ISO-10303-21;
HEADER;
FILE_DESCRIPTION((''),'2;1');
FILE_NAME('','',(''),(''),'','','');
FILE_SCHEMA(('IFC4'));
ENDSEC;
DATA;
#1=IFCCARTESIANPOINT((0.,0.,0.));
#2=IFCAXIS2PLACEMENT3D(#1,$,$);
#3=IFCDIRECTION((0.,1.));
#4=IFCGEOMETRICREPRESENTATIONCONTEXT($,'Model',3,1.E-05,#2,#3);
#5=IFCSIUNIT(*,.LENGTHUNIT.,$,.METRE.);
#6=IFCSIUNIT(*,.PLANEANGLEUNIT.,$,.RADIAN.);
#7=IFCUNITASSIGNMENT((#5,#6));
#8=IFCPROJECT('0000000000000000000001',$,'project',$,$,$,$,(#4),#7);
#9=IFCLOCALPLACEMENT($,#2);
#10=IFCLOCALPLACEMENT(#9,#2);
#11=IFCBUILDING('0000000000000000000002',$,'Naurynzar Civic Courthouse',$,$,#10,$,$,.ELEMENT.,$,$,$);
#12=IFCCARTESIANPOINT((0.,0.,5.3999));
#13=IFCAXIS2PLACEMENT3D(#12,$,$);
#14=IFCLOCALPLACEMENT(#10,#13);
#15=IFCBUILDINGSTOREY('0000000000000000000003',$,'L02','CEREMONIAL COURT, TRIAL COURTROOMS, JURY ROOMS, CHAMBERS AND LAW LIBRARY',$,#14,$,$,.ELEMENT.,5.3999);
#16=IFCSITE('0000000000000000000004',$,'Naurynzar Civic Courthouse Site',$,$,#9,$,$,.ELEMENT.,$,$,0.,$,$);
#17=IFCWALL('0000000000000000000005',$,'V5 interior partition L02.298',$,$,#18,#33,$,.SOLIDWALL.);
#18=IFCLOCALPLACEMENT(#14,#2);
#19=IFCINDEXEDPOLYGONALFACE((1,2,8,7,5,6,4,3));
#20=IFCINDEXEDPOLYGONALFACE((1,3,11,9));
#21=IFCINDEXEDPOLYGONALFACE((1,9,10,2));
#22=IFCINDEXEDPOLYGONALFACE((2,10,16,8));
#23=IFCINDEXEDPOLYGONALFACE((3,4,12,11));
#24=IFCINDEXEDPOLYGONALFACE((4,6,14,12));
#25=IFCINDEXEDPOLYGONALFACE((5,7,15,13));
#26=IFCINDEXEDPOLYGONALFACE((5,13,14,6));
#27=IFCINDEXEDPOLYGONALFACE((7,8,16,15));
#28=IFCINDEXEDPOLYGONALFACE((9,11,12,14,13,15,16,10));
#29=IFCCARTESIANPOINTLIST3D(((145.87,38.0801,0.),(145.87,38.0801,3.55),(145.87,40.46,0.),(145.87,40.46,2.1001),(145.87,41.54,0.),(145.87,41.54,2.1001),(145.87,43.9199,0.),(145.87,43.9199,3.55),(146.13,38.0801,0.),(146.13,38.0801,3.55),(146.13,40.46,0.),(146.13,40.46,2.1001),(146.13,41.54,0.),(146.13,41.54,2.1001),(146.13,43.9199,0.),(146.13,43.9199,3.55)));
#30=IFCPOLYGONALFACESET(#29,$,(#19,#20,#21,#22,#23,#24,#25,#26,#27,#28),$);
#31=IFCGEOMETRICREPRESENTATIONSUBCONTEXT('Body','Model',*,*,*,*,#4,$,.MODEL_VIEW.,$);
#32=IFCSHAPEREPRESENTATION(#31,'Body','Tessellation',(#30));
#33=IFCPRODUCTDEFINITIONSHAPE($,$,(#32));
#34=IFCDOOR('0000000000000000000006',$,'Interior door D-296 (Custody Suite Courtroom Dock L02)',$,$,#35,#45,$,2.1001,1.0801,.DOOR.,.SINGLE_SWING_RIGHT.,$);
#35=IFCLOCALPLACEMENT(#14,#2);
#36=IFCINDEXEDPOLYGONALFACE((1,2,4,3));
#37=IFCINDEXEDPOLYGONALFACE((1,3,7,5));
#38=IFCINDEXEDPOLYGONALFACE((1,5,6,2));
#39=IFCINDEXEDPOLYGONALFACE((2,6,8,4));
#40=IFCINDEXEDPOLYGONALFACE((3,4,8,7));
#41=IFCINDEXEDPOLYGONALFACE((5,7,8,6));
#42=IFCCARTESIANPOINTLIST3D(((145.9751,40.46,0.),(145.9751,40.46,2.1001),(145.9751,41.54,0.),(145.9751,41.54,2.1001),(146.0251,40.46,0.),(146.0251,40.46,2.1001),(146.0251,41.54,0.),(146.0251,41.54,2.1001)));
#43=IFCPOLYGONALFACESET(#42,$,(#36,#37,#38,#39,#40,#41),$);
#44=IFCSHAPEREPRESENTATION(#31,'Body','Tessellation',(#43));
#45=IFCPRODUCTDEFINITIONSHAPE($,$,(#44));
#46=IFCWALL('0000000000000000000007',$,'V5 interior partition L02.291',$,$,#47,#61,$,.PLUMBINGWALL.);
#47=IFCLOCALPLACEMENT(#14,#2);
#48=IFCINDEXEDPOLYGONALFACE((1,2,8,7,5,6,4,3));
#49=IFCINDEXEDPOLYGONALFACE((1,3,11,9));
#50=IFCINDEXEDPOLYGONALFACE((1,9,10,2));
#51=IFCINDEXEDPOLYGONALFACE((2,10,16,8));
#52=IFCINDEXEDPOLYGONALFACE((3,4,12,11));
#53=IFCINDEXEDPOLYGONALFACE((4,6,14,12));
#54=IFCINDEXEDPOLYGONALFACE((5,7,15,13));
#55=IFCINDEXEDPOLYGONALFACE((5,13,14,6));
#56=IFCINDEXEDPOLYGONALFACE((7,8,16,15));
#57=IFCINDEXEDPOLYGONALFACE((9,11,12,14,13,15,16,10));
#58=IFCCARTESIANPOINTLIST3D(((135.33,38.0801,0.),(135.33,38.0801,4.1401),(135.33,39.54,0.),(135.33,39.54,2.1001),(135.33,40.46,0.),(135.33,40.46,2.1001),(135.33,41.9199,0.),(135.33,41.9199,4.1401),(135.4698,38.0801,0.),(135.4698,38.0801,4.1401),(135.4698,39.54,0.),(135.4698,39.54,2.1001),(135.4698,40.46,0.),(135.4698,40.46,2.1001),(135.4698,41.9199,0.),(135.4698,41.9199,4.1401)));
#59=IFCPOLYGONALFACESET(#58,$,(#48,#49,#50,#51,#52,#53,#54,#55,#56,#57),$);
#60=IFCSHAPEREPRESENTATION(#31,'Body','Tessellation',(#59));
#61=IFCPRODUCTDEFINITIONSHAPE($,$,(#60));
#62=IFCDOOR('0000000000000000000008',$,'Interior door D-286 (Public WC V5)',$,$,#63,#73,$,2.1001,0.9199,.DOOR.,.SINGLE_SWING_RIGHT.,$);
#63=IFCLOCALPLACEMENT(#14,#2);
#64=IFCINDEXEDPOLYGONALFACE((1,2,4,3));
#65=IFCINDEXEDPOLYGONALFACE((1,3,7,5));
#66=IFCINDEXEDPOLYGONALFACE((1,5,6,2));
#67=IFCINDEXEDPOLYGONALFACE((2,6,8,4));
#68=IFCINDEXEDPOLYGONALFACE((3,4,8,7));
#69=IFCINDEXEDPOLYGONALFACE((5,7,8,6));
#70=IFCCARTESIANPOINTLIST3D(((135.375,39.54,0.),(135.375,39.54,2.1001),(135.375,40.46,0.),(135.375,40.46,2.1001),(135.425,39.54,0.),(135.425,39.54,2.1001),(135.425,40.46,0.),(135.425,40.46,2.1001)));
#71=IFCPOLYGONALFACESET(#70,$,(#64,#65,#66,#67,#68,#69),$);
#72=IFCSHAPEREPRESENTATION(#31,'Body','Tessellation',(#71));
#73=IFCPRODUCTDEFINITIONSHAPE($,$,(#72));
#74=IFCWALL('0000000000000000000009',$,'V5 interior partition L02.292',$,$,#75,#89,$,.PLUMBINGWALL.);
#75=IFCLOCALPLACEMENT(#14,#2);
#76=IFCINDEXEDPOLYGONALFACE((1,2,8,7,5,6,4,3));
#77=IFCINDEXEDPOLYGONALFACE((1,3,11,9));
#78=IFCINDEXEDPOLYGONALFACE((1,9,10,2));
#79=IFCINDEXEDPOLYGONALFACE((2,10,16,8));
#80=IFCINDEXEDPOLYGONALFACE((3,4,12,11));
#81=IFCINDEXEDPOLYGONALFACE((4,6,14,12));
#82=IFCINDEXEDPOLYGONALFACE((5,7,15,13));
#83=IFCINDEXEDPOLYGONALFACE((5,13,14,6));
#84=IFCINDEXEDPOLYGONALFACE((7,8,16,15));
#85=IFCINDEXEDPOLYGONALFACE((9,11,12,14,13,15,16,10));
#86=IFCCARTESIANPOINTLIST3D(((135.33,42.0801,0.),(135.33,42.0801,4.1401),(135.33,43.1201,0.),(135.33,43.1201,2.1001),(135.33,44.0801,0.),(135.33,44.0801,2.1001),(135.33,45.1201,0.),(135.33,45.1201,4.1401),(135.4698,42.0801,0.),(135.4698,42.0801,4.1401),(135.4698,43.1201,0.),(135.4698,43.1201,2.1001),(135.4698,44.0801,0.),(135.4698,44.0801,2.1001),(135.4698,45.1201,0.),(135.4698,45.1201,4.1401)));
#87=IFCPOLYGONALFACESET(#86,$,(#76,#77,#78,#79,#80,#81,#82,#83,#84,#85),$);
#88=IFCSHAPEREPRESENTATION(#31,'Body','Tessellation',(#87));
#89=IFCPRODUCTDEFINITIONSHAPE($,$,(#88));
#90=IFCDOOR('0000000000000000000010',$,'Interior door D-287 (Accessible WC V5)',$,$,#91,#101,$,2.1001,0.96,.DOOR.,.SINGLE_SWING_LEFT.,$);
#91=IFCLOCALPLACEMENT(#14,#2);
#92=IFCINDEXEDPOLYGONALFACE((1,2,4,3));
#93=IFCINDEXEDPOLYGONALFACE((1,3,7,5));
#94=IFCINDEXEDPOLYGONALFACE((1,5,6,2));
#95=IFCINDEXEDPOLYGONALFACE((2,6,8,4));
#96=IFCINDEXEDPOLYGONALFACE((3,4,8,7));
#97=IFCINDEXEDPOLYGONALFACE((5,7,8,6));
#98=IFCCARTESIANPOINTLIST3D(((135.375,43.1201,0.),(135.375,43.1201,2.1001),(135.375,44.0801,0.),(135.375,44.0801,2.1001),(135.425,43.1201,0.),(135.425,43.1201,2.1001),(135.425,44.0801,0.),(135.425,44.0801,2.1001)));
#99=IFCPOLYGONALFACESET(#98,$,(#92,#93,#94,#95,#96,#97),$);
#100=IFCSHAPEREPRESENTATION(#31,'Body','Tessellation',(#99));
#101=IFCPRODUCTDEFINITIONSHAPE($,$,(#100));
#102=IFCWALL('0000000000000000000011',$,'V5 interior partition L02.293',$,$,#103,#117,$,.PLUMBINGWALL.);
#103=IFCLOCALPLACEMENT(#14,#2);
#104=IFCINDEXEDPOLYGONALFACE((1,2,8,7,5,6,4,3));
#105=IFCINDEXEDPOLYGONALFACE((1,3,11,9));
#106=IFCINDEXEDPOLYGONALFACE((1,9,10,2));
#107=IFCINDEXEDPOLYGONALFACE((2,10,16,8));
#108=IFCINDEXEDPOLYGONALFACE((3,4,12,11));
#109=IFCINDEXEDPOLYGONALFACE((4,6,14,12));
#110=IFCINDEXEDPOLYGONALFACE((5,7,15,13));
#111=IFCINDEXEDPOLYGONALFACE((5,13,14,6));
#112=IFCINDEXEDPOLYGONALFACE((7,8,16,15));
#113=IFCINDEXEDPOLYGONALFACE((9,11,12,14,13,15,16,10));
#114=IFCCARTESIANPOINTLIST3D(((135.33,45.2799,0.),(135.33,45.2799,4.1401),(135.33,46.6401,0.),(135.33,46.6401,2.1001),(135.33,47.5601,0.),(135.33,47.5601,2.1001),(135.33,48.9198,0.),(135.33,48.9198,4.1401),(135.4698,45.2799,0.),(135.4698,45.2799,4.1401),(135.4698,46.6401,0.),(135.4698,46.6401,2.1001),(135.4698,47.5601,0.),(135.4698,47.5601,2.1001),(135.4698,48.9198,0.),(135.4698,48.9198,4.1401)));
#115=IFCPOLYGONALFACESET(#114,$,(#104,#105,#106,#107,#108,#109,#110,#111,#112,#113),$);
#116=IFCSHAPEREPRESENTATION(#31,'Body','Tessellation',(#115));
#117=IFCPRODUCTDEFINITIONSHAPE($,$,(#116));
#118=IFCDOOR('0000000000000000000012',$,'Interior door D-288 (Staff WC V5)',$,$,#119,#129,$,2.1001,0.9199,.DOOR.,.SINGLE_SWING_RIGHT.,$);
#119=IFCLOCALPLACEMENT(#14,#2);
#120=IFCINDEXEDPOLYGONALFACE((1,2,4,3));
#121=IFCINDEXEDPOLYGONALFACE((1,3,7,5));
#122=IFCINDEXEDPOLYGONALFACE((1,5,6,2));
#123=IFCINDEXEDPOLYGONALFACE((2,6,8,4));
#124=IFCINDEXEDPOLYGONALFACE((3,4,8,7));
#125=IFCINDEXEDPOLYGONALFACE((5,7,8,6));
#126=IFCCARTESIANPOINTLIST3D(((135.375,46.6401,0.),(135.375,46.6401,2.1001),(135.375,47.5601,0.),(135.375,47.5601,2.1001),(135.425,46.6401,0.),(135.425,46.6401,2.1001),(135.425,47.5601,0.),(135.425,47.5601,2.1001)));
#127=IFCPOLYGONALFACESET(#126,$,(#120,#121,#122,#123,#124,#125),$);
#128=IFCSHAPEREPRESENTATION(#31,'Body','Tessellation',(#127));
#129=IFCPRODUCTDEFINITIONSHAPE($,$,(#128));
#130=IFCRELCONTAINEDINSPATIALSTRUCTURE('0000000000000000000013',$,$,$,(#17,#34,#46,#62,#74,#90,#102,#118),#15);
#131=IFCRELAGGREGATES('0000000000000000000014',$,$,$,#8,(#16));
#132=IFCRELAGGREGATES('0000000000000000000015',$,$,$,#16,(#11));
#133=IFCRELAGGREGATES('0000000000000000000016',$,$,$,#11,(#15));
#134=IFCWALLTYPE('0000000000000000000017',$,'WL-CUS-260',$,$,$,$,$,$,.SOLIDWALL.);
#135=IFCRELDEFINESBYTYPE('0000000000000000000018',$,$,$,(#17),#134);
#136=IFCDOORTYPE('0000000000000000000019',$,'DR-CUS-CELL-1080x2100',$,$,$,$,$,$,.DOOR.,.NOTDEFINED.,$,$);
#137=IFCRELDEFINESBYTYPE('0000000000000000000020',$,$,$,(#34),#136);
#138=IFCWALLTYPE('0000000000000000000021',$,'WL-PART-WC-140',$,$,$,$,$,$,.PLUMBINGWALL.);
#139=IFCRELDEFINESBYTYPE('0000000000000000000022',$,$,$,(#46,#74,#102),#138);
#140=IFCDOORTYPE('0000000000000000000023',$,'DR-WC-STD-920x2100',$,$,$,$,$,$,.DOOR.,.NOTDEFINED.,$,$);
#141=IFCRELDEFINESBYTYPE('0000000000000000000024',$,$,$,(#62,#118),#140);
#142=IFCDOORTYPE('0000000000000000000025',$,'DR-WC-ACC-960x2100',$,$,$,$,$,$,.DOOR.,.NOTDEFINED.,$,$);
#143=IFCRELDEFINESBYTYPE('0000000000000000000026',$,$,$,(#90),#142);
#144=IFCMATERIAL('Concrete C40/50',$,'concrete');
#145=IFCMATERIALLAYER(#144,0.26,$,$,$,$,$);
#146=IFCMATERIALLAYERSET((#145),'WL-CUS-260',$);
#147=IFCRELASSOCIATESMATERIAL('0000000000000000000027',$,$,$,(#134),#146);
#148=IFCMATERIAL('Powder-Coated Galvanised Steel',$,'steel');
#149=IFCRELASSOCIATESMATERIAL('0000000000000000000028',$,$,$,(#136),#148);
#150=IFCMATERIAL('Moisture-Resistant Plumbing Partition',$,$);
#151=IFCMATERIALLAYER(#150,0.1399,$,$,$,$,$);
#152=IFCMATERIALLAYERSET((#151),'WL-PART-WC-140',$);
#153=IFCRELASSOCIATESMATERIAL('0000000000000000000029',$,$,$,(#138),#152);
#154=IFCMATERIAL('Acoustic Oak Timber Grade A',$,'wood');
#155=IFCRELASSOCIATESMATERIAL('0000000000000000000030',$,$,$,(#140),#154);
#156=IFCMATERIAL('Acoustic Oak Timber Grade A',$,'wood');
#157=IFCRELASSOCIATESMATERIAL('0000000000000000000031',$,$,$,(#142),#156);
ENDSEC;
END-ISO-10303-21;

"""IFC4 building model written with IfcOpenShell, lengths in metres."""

from ifc_helpers import new_model, si_unit, direction, frame, frame_2d, origin, place, context, subcontext, project, spatial, rectangle, extrude, material, layer, layer_set, type_object, element, fill, save


model = new_model("IFC4")

# Units and contexts
model_context = context("Model", 3, precision=1e-05, world=origin(), true_north=direction((0.0, 1.0)))
body_context = subcontext(model_context, "Body", "Model", "MODEL_VIEW")
ifc_project = project(units=[si_unit("LENGTHUNIT", "METRE"), si_unit("PLANEANGLEUNIT", "RADIAN")], contexts=[model_context])

# Site, building, storey
site_placement = place(None, origin())
site = spatial("IfcSite", under=ifc_project, at=site_placement, Name="Naurynzar Civic Courthouse Site", CompositionType="ELEMENT", RefElevation=0.0)
building_placement = place(site_placement, origin())
building = spatial("IfcBuilding", under=site, at=building_placement, Name="Naurynzar Civic Courthouse", CompositionType="ELEMENT")
storey_placement = place(building_placement, frame((0.0, 0.0, 5.3999)))
storey = spatial("IfcBuildingStorey", under=building, at=storey_placement, Name="L02", Description="CEREMONIAL COURT, TRIAL COURTROOMS, JURY ROOMS, CHAMBERS AND LAW LIBRARY", CompositionType="ELEMENT", Elevation=5.3999)

# Shared definitions
ifc_material_1 = material(Name="Concrete C40/50", Category="concrete")
ifc_layer_1 = layer(ifc_material_1, 0.26)
ifc_layer_set_1 = layer_set([ifc_layer_1], Name="WL-CUS-260")
wall_type_1 = type_object("IfcWallType", Name="WL-CUS-260", PredefinedType="SOLIDWALL", material=ifc_layer_set_1)

# Walls, openings, doors
wall_1_placement = place(storey_placement, frame((146.0, 38.0801, 0.0), z_axis=(0.0, 0.0, 1.0), x_axis=(0.0, 1.0, 0.0)))
wall_1 = element("IfcWall", 1, at=wall_1_placement, inside=storey, type_object=wall_type_1, Name="V5 interior partition L02.298", PredefinedType="SOLIDWALL", context=body_context, shape_type="SweptSolid", body=[
    extrude(rectangle(XDim=5.8398, YDim=0.26, at=frame_2d((2.9199, 0.0))), origin(), (0.0, 0.0, 1.0), 3.55),
])
opening_1_placement = place(wall_1_placement, frame((2.3799, 0.0, 0.0)))
opening_1 = element("IfcOpeningElement", 2, at=opening_1_placement, cuts=wall_1, PredefinedType="OPENING", context=body_context, shape_type="SweptSolid", body=[
    extrude(rectangle(XDim=1.0801, YDim=2.1001, at=frame_2d((0.54, 1.05))), frame((0.0, 0.1399, 0.0), z_axis=(0.0, -1.0, 0.0), x_axis=(1.0, 0.0, 0.0)), (0.0, 0.0, 1.0), 0.28),
])
ifc_material_2 = material(Name="Powder-Coated Galvanised Steel", Category="steel")
door_type_1 = type_object("IfcDoorType", Name="DR-CUS-CELL-1080x2100", OperationType="NOTDEFINED", PredefinedType="DOOR", material=ifc_material_2)
door_1_placement = place(opening_1_placement, origin())
door_1 = element("IfcDoor", 3, at=door_1_placement, inside=storey, type_object=door_type_1, Name="Interior door D-296 (Custody Suite Courtroom Dock L02)", OperationType="SINGLE_SWING_RIGHT", OverallHeight=2.1001, OverallWidth=1.0801, PredefinedType="DOOR", context=body_context, shape_type="SweptSolid", body=[
    extrude(rectangle(XDim=1.0801, YDim=2.1001, at=frame_2d((0.54, 1.05))), frame((0.0, 0.0249, 0.0), z_axis=(0.0, -1.0, 0.0), x_axis=(1.0, 0.0, 0.0)), (0.0, 0.0, 1.0), 0.05),
])
fill(opening_1, door_1)
ifc_material_3 = material(Name="Moisture-Resistant Plumbing Partition")
ifc_layer_2 = layer(ifc_material_3, 0.1399)
ifc_layer_set_2 = layer_set([ifc_layer_2], Name="WL-PART-WC-140")
wall_type_2 = type_object("IfcWallType", Name="WL-PART-WC-140", PredefinedType="PLUMBINGWALL", material=ifc_layer_set_2)
wall_2_placement = place(storey_placement, frame((135.3999, 38.0801, 0.0), z_axis=(0.0, 0.0, 1.0), x_axis=(0.0, 1.0, 0.0)))
wall_2 = element("IfcWall", 4, at=wall_2_placement, inside=storey, type_object=wall_type_2, Name="V5 interior partition L02.291", PredefinedType="PLUMBINGWALL", context=body_context, shape_type="SweptSolid", body=[
    extrude(rectangle(XDim=3.8398, YDim=0.1399, at=frame_2d((1.9199, 0.0))), origin(), (0.0, 0.0, 1.0), 4.1401),
])
opening_2_placement = place(wall_2_placement, frame((1.46, 0.0, 0.0)))
opening_2 = element("IfcOpeningElement", 5, at=opening_2_placement, cuts=wall_2, PredefinedType="OPENING", context=body_context, shape_type="SweptSolid", body=[
    extrude(rectangle(XDim=0.9199, YDim=2.1001, at=frame_2d((0.46, 1.05))), frame((0.0, 0.0798, 0.0), z_axis=(0.0, -1.0, 0.0), x_axis=(1.0, 0.0, 0.0)), (0.0, 0.0, 1.0), 0.1599),
])
ifc_material_4 = material(Name="Acoustic Oak Timber Grade A", Category="wood")
door_type_2 = type_object("IfcDoorType", Name="DR-WC-STD-920x2100", OperationType="NOTDEFINED", PredefinedType="DOOR", material=ifc_material_4)
door_2_placement = place(opening_2_placement, origin())
door_2 = element("IfcDoor", 6, at=door_2_placement, inside=storey, type_object=door_type_2, Name="Interior door D-286 (Public WC V5)", OperationType="SINGLE_SWING_RIGHT", OverallHeight=2.1001, OverallWidth=0.9199, PredefinedType="DOOR", context=body_context, shape_type="SweptSolid", body=[
    extrude(rectangle(XDim=0.9199, YDim=2.1001, at=frame_2d((0.46, 1.05))), frame((0.0, 0.0249, 0.0), z_axis=(0.0, -1.0, 0.0), x_axis=(1.0, 0.0, 0.0)), (0.0, 0.0, 1.0), 0.05),
])
fill(opening_2, door_2)
wall_3_placement = place(storey_placement, frame((135.3999, 42.0801, 0.0), z_axis=(0.0, 0.0, 1.0), x_axis=(0.0, 1.0, 0.0)))
wall_3 = element("IfcWall", 7, at=wall_3_placement, inside=storey, type_object=wall_type_2, Name="V5 interior partition L02.292", PredefinedType="PLUMBINGWALL", context=body_context, shape_type="SweptSolid", body=[
    extrude(rectangle(XDim=3.04, YDim=0.1399, at=frame_2d((1.52, 0.0))), origin(), (0.0, 0.0, 1.0), 4.1401),
])
opening_3_placement = place(wall_3_placement, frame((1.04, 0.0, 0.0)))
opening_3 = element("IfcOpeningElement", 8, at=opening_3_placement, cuts=wall_3, PredefinedType="OPENING", context=body_context, shape_type="SweptSolid", body=[
    extrude(rectangle(XDim=0.96, YDim=2.1001, at=frame_2d((0.48, 1.05))), frame((0.0, 0.0798, 0.0), z_axis=(0.0, -1.0, 0.0), x_axis=(1.0, 0.0, 0.0)), (0.0, 0.0, 1.0), 0.1599),
])
ifc_material_5 = material(Name="Acoustic Oak Timber Grade A", Category="wood")
door_type_3 = type_object("IfcDoorType", Name="DR-WC-ACC-960x2100", OperationType="NOTDEFINED", PredefinedType="DOOR", material=ifc_material_5)
door_3_placement = place(opening_3_placement, origin())
door_3 = element("IfcDoor", 9, at=door_3_placement, inside=storey, type_object=door_type_3, Name="Interior door D-287 (Accessible WC V5)", OperationType="SINGLE_SWING_LEFT", OverallHeight=2.1001, OverallWidth=0.96, PredefinedType="DOOR", context=body_context, shape_type="SweptSolid", body=[
    extrude(rectangle(XDim=0.96, YDim=2.1001, at=frame_2d((0.48, 1.05))), frame((0.0, 0.0249, 0.0), z_axis=(0.0, -1.0, 0.0), x_axis=(1.0, 0.0, 0.0)), (0.0, 0.0, 1.0), 0.05),
])
fill(opening_3, door_3)
wall_4_placement = place(storey_placement, frame((135.3999, 45.28, 0.0), z_axis=(0.0, 0.0, 1.0), x_axis=(0.0, 1.0, 0.0)))
wall_4 = element("IfcWall", 10, at=wall_4_placement, inside=storey, type_object=wall_type_2, Name="V5 interior partition L02.293", PredefinedType="PLUMBINGWALL", context=body_context, shape_type="SweptSolid", body=[
    extrude(rectangle(XDim=3.6399, YDim=0.1399, at=frame_2d((1.8198, 0.0))), origin(), (0.0, 0.0, 1.0), 4.1401),
])
opening_4_placement = place(wall_4_placement, frame((1.3601, 0.0, 0.0)))
opening_4 = element("IfcOpeningElement", 11, at=opening_4_placement, cuts=wall_4, PredefinedType="OPENING", context=body_context, shape_type="SweptSolid", body=[
    extrude(rectangle(XDim=0.9199, YDim=2.1001, at=frame_2d((0.46, 1.05))), frame((0.0, 0.0798, 0.0), z_axis=(0.0, -1.0, 0.0), x_axis=(1.0, 0.0, 0.0)), (0.0, 0.0, 1.0), 0.1599),
])
door_4_placement = place(opening_4_placement, origin())
door_4 = element("IfcDoor", 12, at=door_4_placement, inside=storey, type_object=door_type_2, Name="Interior door D-288 (Staff WC V5)", OperationType="SINGLE_SWING_RIGHT", OverallHeight=2.1001, OverallWidth=0.9199, PredefinedType="DOOR", context=body_context, shape_type="SweptSolid", body=[
    extrude(rectangle(XDim=0.9199, YDim=2.1001, at=frame_2d((0.46, 1.05))), frame((0.0, 0.0249, 0.0), z_axis=(0.0, -1.0, 0.0), x_axis=(1.0, 0.0, 0.0)), (0.0, 0.0, 1.0), 0.05),
])
fill(opening_4, door_4)

save(model, "model.ifc")
